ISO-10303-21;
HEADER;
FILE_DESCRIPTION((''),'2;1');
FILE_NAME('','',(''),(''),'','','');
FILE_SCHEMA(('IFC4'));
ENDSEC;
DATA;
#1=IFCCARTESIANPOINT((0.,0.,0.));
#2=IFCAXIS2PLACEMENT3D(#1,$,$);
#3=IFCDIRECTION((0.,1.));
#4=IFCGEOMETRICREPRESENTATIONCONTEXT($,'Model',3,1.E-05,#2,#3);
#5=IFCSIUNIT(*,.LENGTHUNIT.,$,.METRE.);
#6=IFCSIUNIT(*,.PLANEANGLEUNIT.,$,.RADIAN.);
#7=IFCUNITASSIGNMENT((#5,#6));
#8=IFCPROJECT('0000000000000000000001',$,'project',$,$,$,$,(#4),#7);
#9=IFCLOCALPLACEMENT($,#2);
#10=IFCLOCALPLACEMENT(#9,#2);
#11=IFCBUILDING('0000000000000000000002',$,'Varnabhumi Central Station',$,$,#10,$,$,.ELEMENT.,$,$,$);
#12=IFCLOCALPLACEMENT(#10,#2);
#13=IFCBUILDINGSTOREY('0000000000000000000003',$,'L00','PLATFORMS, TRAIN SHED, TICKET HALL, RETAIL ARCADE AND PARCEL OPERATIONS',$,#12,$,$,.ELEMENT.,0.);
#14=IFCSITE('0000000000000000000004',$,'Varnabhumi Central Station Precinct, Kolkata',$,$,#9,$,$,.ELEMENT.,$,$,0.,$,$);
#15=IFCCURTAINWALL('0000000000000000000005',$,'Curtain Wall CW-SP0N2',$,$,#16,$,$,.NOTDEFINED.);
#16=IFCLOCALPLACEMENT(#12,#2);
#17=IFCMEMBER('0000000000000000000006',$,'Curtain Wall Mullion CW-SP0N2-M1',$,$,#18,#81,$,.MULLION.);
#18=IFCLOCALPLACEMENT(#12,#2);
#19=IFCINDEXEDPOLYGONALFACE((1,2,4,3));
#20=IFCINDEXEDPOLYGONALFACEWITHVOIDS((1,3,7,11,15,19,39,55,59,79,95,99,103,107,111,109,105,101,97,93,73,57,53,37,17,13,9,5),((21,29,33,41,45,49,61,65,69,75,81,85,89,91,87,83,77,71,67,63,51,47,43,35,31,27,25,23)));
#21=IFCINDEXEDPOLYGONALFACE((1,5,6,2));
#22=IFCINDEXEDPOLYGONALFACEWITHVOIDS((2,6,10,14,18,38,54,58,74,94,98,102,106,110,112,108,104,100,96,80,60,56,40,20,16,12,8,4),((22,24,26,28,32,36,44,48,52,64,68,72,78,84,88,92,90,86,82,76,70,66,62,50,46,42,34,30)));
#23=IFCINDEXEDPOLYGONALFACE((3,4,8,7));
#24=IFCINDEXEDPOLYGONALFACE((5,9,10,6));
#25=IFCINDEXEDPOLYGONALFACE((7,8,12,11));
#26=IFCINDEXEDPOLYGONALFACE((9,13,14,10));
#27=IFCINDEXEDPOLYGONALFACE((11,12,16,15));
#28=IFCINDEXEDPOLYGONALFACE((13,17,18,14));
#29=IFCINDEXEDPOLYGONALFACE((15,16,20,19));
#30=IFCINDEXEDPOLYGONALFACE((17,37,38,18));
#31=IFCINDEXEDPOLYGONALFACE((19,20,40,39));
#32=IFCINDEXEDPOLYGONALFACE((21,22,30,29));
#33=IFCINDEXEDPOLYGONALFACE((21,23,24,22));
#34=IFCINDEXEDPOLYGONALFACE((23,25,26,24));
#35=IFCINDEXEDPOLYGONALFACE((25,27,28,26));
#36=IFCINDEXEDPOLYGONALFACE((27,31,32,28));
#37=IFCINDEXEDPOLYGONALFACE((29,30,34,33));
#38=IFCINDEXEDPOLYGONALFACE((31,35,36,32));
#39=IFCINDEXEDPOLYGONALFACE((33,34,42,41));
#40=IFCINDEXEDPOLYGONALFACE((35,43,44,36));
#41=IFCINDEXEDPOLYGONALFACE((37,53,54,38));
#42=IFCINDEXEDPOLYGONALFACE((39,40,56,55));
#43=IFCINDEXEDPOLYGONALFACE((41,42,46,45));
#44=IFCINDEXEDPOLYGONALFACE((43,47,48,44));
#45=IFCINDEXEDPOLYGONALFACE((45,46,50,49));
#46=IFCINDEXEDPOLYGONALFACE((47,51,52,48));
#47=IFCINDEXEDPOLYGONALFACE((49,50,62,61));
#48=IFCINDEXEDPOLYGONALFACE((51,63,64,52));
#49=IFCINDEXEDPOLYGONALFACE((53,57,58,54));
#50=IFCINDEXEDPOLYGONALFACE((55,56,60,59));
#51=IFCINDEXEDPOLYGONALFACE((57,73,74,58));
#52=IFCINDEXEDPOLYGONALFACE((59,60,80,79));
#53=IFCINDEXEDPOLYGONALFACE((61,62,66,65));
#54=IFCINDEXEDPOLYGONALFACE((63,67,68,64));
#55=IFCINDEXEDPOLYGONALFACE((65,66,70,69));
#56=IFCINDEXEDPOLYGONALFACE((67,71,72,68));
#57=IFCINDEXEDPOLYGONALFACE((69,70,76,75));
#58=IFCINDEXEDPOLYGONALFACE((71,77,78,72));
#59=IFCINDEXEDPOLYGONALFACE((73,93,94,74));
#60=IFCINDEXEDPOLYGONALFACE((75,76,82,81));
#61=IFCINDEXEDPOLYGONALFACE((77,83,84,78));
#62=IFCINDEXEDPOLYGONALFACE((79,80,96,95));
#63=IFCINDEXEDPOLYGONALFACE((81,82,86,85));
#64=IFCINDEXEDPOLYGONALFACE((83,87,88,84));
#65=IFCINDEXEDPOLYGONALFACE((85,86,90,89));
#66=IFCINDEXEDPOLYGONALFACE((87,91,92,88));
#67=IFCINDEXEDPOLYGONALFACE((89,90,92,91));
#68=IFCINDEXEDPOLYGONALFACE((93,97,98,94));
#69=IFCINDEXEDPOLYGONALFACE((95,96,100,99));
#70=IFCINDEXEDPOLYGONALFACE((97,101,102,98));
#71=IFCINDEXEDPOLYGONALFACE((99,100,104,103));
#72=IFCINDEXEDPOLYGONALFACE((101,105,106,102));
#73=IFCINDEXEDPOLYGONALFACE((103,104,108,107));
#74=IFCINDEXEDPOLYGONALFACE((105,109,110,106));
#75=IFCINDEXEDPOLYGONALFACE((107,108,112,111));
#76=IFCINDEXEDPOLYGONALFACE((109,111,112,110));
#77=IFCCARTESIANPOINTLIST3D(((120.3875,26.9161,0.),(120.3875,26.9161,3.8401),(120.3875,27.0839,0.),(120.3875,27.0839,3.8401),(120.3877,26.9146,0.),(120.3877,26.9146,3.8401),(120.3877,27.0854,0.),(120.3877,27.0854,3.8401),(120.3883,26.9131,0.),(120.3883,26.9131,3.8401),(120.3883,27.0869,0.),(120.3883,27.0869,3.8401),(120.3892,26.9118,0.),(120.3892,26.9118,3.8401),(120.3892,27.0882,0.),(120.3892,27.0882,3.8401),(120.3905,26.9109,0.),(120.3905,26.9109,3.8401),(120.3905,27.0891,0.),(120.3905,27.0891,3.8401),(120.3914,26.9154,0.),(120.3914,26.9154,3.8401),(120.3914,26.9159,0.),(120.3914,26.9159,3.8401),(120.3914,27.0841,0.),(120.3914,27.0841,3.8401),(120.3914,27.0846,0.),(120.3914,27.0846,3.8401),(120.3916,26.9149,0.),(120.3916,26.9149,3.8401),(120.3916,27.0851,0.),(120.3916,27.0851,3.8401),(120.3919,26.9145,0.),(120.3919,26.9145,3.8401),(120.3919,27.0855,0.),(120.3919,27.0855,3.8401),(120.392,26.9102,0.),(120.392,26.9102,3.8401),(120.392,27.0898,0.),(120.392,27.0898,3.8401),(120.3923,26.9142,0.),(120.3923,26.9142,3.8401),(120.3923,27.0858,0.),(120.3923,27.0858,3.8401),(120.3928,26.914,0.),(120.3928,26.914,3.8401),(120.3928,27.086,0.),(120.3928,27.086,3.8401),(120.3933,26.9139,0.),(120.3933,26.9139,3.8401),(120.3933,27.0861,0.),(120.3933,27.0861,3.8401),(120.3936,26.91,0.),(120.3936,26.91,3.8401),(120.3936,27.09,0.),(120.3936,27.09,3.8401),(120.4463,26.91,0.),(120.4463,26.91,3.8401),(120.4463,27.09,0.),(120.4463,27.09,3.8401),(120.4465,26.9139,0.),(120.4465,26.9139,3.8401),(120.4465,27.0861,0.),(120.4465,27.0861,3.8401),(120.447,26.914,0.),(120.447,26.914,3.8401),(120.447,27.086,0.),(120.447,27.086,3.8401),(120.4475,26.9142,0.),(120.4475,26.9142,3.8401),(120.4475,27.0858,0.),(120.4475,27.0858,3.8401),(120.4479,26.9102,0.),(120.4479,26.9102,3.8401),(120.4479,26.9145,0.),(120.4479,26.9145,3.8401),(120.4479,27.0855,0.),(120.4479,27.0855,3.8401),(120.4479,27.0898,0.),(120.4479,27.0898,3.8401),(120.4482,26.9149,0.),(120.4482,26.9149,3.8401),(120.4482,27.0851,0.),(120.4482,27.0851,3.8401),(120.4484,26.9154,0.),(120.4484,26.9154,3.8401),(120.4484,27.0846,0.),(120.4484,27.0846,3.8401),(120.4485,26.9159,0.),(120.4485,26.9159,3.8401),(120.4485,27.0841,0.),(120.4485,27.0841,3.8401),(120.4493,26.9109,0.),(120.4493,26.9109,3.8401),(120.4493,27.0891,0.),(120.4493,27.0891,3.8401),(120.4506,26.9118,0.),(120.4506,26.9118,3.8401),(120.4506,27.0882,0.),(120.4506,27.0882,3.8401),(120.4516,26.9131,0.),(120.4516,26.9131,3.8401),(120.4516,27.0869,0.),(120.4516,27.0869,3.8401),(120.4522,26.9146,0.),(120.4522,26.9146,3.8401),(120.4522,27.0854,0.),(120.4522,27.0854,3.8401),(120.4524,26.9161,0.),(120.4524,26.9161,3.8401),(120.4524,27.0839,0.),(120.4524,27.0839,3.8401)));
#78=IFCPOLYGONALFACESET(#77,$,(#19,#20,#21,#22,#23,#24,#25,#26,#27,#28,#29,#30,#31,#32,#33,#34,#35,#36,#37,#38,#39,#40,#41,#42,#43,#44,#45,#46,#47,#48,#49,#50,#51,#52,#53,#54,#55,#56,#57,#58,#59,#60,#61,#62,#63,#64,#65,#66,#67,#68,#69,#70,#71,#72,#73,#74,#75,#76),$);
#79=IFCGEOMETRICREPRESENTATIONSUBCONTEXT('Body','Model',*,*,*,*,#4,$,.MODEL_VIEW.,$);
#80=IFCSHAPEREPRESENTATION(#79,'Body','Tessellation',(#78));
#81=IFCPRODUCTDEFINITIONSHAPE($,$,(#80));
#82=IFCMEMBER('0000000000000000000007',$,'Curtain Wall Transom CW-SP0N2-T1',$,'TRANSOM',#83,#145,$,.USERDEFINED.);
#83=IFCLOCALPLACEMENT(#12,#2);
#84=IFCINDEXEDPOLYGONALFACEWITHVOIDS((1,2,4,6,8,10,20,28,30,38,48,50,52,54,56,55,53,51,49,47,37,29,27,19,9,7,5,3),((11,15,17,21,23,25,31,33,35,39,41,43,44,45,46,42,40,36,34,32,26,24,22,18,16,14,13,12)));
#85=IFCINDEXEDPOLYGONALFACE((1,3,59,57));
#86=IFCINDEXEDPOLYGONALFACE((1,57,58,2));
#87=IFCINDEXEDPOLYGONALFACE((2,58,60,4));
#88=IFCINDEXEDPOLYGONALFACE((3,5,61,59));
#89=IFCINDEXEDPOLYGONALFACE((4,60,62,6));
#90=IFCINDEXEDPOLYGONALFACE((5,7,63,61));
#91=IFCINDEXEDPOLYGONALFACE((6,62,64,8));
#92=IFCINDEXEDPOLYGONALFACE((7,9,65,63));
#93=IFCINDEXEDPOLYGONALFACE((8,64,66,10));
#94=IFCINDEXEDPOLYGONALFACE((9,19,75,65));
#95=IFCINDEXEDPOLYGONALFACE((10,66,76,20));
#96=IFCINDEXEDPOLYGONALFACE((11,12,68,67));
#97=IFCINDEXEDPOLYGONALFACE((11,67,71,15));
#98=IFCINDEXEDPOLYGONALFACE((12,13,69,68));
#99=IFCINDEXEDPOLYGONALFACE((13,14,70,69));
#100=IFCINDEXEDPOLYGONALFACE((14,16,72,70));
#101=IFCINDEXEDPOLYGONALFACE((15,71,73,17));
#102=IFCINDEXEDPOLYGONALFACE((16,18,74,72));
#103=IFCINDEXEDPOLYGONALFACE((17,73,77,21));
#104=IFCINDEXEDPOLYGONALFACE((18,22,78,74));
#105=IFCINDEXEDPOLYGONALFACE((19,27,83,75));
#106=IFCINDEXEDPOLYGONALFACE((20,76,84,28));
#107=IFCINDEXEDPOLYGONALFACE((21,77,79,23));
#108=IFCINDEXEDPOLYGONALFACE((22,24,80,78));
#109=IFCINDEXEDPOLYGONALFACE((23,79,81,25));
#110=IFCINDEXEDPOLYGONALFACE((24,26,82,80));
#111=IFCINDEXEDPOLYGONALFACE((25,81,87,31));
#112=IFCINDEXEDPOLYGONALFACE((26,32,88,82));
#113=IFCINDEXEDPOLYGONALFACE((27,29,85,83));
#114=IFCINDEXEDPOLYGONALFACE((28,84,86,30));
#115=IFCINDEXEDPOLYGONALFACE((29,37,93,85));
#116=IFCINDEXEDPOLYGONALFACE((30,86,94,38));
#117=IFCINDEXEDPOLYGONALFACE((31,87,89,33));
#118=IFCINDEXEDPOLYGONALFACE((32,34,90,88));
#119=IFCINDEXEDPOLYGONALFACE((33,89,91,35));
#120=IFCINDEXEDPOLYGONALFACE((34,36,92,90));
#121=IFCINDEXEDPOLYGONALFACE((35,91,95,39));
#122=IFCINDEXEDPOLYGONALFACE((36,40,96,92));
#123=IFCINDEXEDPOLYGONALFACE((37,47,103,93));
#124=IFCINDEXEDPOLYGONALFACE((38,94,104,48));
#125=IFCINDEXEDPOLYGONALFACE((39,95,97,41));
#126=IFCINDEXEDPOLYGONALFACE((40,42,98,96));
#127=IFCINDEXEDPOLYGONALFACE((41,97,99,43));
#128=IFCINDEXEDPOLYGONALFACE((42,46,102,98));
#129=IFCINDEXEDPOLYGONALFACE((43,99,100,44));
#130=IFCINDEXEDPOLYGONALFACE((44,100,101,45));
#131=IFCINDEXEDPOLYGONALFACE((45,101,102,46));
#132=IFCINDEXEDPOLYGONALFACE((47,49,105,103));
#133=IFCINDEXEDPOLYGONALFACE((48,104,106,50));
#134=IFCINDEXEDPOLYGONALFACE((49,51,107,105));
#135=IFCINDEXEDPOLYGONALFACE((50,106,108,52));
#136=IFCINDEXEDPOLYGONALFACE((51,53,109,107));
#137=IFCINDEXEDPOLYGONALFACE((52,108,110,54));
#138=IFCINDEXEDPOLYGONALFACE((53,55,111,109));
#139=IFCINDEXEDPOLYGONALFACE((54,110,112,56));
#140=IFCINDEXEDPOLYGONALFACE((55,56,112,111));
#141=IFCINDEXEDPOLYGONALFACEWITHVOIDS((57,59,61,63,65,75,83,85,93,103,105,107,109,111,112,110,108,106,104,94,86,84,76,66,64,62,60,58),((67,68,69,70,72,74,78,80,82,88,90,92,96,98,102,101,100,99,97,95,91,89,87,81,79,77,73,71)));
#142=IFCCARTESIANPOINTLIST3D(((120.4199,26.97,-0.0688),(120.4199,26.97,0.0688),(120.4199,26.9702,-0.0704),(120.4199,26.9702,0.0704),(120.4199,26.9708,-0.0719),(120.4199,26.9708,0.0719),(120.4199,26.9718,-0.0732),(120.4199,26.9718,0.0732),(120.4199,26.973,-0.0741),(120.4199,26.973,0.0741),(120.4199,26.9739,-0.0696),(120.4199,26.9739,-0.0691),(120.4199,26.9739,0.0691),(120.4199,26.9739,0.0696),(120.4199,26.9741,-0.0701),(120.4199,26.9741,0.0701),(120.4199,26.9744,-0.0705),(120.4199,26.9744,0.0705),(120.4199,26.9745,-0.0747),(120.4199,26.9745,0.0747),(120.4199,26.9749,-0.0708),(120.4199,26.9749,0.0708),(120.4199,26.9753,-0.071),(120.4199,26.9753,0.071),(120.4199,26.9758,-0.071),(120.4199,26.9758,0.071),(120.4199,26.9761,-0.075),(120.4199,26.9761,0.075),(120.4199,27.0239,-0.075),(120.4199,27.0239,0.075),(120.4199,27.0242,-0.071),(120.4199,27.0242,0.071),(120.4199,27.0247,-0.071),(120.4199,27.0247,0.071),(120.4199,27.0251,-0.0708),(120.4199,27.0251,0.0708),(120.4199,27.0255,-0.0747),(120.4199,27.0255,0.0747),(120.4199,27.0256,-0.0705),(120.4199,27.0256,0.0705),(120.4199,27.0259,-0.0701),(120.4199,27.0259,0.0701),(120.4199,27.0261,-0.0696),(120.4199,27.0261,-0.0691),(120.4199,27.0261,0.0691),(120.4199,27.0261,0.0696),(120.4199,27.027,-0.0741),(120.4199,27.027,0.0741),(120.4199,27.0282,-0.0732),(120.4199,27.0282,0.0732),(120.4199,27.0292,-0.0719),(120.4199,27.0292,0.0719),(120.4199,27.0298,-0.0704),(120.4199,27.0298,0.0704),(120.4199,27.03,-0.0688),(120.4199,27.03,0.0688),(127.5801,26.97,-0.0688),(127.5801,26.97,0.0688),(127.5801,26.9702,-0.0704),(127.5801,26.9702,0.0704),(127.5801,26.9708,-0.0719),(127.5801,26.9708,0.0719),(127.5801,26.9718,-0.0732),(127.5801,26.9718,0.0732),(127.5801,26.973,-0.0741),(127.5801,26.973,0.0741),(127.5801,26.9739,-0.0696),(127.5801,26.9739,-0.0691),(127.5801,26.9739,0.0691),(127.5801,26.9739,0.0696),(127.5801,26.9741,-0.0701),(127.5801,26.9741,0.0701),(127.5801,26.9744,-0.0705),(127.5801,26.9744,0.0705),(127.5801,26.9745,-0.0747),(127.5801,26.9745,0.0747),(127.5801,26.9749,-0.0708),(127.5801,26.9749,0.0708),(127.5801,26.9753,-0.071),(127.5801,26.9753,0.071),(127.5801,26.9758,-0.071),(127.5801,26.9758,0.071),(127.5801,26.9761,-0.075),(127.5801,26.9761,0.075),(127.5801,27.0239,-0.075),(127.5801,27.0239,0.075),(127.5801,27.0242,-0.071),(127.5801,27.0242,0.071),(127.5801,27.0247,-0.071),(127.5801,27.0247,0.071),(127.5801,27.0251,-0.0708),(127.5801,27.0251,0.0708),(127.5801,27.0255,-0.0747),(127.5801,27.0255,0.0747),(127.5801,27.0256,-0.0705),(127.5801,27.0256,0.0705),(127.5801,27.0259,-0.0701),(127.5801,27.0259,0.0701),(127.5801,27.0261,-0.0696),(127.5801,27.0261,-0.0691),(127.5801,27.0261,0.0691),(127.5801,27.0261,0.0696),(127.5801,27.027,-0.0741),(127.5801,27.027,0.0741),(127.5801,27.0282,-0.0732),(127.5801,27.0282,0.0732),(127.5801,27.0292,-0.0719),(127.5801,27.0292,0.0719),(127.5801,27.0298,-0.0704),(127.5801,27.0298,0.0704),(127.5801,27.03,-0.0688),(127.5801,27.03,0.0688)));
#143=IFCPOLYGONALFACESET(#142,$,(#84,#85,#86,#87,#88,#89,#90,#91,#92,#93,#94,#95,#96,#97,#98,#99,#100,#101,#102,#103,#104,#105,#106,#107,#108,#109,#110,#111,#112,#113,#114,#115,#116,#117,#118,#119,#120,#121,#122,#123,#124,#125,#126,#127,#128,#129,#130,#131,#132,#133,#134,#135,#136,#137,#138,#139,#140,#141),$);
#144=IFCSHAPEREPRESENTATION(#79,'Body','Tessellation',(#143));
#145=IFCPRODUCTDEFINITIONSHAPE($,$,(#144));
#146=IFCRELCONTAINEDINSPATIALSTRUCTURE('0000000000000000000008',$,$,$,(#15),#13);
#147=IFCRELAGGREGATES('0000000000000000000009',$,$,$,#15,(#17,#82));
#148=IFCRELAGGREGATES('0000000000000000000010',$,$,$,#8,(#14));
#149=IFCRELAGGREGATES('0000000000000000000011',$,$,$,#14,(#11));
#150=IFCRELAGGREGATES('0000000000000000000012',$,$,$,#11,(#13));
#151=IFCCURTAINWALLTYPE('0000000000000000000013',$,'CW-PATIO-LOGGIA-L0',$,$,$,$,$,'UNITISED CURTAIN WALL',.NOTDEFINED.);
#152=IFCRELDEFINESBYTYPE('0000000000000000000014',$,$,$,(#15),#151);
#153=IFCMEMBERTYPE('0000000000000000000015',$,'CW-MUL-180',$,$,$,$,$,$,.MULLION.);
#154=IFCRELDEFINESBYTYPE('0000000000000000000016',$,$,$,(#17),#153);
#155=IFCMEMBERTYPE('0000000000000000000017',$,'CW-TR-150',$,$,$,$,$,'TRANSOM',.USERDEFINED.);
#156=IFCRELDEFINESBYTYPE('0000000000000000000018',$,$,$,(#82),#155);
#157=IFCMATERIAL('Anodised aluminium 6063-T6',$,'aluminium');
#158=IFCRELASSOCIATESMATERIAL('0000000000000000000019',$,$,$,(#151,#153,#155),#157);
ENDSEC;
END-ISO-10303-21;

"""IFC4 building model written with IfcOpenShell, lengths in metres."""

from ifc_helpers import new_model, si_unit, direction, frame, origin, origin_2d, place, context, subcontext, project, spatial, hollow_rectangle, extrude, material, material_profile, profile_set, type_object, element, aggregate, save


model = new_model("IFC4")

# Units and contexts
model_context = context("Model", 3, precision=1e-05, world=origin(), true_north=direction((0.0, 1.0)))
body_context = subcontext(model_context, "Body", "Model", "MODEL_VIEW")
ifc_project = project(units=[si_unit("LENGTHUNIT", "METRE"), si_unit("PLANEANGLEUNIT", "RADIAN")], contexts=[model_context])

# Site, building, storey
site_placement = place(None, origin())
site = spatial("IfcSite", under=ifc_project, at=site_placement, Name="Varnabhumi Central Station Precinct, Kolkata", CompositionType="ELEMENT", RefElevation=0.0)
building_placement = place(site_placement, origin())
building = spatial("IfcBuilding", under=site, at=building_placement, Name="Varnabhumi Central Station", CompositionType="ELEMENT")
storey_placement = place(building_placement, origin())
storey = spatial("IfcBuildingStorey", under=building, at=storey_placement, Name="L00", Description="PLATFORMS, TRAIN SHED, TICKET HALL, RETAIL ARCADE AND PARCEL OPERATIONS", CompositionType="ELEMENT", Elevation=0.0)

# Curtain wall, members
ifc_material_1 = material(Name="Anodised aluminium 6063-T6", Category="aluminium")
curtain_wall_type = type_object("IfcCurtainWallType", Name="CW-PATIO-LOGGIA-L0", ElementType="UNITISED CURTAIN WALL", PredefinedType="NOTDEFINED", material=ifc_material_1)
ifc_material_profile_1 = material_profile(ifc_material_1, hollow_rectangle(XDim=0.0649, YDim=0.1799, WallThickness=0.0039, InnerFilletRadius=0.002, OuterFilletRadius=0.0061, at=origin_2d()), Name="Anodised aluminium 6063-T6", Category="aluminium")
ifc_profile_set_1 = profile_set([ifc_material_profile_1], Name="Anodised aluminium 6063-T6")
member_type_1 = type_object("IfcMemberType", Name="CW-MUL-180", PredefinedType="MULLION", material=ifc_profile_set_1)
curtain_wall_1_placement = place(storey_placement, origin())
curtain_wall_1 = element("IfcCurtainWall", 1, at=curtain_wall_1_placement, inside=storey, type_object=curtain_wall_type, Name="Curtain Wall CW-SP0N2", PredefinedType="NOTDEFINED")
member_1_placement = place(storey_placement, frame((120.4199, 27.0, 0.0), z_axis=(0.0, 0.0, 1.0), x_axis=(1.0, 0.0, 0.0)))
member_1 = element("IfcMember", 2, at=member_1_placement, type_object=member_type_1, Name="Curtain Wall Mullion CW-SP0N2-M1", PredefinedType="MULLION", context=body_context, shape_type="SweptSolid", body=[
    extrude(hollow_rectangle(XDim=0.0649, YDim=0.1799, WallThickness=0.0039, InnerFilletRadius=0.002, OuterFilletRadius=0.0061, at=origin_2d()), origin(), (0.0, 0.0, 1.0), 3.8401),
])
ifc_material_profile_2 = material_profile(ifc_material_1, hollow_rectangle(XDim=0.0601, YDim=0.1499, WallThickness=0.0039, InnerFilletRadius=0.002, OuterFilletRadius=0.0061, at=origin_2d()), Name="Anodised aluminium 6063-T6", Category="aluminium")
ifc_profile_set_2 = profile_set([ifc_material_profile_2], Name="Anodised aluminium 6063-T6")
member_type_2 = type_object("IfcMemberType", Name="CW-TR-150", ElementType="TRANSOM", PredefinedType="USERDEFINED", material=ifc_profile_set_2)
member_2_placement = place(storey_placement, frame((120.4199, 27.0, 0.0), z_axis=(1.0, 0.0, 0.0), x_axis=(0.0, 1.0, 0.0)))
member_2 = element("IfcMember", 3, at=member_2_placement, type_object=member_type_2, Name="Curtain Wall Transom CW-SP0N2-T1", ObjectType="TRANSOM", PredefinedType="USERDEFINED", context=body_context, shape_type="SweptSolid", body=[
    extrude(hollow_rectangle(XDim=0.0601, YDim=0.1499, WallThickness=0.0039, InnerFilletRadius=0.002, OuterFilletRadius=0.0061, at=origin_2d()), origin(), (0.0, 0.0, 1.0), 7.1602),
])

aggregate(curtain_wall_1, [member_1, member_2])

save(model, "model.ifc")
